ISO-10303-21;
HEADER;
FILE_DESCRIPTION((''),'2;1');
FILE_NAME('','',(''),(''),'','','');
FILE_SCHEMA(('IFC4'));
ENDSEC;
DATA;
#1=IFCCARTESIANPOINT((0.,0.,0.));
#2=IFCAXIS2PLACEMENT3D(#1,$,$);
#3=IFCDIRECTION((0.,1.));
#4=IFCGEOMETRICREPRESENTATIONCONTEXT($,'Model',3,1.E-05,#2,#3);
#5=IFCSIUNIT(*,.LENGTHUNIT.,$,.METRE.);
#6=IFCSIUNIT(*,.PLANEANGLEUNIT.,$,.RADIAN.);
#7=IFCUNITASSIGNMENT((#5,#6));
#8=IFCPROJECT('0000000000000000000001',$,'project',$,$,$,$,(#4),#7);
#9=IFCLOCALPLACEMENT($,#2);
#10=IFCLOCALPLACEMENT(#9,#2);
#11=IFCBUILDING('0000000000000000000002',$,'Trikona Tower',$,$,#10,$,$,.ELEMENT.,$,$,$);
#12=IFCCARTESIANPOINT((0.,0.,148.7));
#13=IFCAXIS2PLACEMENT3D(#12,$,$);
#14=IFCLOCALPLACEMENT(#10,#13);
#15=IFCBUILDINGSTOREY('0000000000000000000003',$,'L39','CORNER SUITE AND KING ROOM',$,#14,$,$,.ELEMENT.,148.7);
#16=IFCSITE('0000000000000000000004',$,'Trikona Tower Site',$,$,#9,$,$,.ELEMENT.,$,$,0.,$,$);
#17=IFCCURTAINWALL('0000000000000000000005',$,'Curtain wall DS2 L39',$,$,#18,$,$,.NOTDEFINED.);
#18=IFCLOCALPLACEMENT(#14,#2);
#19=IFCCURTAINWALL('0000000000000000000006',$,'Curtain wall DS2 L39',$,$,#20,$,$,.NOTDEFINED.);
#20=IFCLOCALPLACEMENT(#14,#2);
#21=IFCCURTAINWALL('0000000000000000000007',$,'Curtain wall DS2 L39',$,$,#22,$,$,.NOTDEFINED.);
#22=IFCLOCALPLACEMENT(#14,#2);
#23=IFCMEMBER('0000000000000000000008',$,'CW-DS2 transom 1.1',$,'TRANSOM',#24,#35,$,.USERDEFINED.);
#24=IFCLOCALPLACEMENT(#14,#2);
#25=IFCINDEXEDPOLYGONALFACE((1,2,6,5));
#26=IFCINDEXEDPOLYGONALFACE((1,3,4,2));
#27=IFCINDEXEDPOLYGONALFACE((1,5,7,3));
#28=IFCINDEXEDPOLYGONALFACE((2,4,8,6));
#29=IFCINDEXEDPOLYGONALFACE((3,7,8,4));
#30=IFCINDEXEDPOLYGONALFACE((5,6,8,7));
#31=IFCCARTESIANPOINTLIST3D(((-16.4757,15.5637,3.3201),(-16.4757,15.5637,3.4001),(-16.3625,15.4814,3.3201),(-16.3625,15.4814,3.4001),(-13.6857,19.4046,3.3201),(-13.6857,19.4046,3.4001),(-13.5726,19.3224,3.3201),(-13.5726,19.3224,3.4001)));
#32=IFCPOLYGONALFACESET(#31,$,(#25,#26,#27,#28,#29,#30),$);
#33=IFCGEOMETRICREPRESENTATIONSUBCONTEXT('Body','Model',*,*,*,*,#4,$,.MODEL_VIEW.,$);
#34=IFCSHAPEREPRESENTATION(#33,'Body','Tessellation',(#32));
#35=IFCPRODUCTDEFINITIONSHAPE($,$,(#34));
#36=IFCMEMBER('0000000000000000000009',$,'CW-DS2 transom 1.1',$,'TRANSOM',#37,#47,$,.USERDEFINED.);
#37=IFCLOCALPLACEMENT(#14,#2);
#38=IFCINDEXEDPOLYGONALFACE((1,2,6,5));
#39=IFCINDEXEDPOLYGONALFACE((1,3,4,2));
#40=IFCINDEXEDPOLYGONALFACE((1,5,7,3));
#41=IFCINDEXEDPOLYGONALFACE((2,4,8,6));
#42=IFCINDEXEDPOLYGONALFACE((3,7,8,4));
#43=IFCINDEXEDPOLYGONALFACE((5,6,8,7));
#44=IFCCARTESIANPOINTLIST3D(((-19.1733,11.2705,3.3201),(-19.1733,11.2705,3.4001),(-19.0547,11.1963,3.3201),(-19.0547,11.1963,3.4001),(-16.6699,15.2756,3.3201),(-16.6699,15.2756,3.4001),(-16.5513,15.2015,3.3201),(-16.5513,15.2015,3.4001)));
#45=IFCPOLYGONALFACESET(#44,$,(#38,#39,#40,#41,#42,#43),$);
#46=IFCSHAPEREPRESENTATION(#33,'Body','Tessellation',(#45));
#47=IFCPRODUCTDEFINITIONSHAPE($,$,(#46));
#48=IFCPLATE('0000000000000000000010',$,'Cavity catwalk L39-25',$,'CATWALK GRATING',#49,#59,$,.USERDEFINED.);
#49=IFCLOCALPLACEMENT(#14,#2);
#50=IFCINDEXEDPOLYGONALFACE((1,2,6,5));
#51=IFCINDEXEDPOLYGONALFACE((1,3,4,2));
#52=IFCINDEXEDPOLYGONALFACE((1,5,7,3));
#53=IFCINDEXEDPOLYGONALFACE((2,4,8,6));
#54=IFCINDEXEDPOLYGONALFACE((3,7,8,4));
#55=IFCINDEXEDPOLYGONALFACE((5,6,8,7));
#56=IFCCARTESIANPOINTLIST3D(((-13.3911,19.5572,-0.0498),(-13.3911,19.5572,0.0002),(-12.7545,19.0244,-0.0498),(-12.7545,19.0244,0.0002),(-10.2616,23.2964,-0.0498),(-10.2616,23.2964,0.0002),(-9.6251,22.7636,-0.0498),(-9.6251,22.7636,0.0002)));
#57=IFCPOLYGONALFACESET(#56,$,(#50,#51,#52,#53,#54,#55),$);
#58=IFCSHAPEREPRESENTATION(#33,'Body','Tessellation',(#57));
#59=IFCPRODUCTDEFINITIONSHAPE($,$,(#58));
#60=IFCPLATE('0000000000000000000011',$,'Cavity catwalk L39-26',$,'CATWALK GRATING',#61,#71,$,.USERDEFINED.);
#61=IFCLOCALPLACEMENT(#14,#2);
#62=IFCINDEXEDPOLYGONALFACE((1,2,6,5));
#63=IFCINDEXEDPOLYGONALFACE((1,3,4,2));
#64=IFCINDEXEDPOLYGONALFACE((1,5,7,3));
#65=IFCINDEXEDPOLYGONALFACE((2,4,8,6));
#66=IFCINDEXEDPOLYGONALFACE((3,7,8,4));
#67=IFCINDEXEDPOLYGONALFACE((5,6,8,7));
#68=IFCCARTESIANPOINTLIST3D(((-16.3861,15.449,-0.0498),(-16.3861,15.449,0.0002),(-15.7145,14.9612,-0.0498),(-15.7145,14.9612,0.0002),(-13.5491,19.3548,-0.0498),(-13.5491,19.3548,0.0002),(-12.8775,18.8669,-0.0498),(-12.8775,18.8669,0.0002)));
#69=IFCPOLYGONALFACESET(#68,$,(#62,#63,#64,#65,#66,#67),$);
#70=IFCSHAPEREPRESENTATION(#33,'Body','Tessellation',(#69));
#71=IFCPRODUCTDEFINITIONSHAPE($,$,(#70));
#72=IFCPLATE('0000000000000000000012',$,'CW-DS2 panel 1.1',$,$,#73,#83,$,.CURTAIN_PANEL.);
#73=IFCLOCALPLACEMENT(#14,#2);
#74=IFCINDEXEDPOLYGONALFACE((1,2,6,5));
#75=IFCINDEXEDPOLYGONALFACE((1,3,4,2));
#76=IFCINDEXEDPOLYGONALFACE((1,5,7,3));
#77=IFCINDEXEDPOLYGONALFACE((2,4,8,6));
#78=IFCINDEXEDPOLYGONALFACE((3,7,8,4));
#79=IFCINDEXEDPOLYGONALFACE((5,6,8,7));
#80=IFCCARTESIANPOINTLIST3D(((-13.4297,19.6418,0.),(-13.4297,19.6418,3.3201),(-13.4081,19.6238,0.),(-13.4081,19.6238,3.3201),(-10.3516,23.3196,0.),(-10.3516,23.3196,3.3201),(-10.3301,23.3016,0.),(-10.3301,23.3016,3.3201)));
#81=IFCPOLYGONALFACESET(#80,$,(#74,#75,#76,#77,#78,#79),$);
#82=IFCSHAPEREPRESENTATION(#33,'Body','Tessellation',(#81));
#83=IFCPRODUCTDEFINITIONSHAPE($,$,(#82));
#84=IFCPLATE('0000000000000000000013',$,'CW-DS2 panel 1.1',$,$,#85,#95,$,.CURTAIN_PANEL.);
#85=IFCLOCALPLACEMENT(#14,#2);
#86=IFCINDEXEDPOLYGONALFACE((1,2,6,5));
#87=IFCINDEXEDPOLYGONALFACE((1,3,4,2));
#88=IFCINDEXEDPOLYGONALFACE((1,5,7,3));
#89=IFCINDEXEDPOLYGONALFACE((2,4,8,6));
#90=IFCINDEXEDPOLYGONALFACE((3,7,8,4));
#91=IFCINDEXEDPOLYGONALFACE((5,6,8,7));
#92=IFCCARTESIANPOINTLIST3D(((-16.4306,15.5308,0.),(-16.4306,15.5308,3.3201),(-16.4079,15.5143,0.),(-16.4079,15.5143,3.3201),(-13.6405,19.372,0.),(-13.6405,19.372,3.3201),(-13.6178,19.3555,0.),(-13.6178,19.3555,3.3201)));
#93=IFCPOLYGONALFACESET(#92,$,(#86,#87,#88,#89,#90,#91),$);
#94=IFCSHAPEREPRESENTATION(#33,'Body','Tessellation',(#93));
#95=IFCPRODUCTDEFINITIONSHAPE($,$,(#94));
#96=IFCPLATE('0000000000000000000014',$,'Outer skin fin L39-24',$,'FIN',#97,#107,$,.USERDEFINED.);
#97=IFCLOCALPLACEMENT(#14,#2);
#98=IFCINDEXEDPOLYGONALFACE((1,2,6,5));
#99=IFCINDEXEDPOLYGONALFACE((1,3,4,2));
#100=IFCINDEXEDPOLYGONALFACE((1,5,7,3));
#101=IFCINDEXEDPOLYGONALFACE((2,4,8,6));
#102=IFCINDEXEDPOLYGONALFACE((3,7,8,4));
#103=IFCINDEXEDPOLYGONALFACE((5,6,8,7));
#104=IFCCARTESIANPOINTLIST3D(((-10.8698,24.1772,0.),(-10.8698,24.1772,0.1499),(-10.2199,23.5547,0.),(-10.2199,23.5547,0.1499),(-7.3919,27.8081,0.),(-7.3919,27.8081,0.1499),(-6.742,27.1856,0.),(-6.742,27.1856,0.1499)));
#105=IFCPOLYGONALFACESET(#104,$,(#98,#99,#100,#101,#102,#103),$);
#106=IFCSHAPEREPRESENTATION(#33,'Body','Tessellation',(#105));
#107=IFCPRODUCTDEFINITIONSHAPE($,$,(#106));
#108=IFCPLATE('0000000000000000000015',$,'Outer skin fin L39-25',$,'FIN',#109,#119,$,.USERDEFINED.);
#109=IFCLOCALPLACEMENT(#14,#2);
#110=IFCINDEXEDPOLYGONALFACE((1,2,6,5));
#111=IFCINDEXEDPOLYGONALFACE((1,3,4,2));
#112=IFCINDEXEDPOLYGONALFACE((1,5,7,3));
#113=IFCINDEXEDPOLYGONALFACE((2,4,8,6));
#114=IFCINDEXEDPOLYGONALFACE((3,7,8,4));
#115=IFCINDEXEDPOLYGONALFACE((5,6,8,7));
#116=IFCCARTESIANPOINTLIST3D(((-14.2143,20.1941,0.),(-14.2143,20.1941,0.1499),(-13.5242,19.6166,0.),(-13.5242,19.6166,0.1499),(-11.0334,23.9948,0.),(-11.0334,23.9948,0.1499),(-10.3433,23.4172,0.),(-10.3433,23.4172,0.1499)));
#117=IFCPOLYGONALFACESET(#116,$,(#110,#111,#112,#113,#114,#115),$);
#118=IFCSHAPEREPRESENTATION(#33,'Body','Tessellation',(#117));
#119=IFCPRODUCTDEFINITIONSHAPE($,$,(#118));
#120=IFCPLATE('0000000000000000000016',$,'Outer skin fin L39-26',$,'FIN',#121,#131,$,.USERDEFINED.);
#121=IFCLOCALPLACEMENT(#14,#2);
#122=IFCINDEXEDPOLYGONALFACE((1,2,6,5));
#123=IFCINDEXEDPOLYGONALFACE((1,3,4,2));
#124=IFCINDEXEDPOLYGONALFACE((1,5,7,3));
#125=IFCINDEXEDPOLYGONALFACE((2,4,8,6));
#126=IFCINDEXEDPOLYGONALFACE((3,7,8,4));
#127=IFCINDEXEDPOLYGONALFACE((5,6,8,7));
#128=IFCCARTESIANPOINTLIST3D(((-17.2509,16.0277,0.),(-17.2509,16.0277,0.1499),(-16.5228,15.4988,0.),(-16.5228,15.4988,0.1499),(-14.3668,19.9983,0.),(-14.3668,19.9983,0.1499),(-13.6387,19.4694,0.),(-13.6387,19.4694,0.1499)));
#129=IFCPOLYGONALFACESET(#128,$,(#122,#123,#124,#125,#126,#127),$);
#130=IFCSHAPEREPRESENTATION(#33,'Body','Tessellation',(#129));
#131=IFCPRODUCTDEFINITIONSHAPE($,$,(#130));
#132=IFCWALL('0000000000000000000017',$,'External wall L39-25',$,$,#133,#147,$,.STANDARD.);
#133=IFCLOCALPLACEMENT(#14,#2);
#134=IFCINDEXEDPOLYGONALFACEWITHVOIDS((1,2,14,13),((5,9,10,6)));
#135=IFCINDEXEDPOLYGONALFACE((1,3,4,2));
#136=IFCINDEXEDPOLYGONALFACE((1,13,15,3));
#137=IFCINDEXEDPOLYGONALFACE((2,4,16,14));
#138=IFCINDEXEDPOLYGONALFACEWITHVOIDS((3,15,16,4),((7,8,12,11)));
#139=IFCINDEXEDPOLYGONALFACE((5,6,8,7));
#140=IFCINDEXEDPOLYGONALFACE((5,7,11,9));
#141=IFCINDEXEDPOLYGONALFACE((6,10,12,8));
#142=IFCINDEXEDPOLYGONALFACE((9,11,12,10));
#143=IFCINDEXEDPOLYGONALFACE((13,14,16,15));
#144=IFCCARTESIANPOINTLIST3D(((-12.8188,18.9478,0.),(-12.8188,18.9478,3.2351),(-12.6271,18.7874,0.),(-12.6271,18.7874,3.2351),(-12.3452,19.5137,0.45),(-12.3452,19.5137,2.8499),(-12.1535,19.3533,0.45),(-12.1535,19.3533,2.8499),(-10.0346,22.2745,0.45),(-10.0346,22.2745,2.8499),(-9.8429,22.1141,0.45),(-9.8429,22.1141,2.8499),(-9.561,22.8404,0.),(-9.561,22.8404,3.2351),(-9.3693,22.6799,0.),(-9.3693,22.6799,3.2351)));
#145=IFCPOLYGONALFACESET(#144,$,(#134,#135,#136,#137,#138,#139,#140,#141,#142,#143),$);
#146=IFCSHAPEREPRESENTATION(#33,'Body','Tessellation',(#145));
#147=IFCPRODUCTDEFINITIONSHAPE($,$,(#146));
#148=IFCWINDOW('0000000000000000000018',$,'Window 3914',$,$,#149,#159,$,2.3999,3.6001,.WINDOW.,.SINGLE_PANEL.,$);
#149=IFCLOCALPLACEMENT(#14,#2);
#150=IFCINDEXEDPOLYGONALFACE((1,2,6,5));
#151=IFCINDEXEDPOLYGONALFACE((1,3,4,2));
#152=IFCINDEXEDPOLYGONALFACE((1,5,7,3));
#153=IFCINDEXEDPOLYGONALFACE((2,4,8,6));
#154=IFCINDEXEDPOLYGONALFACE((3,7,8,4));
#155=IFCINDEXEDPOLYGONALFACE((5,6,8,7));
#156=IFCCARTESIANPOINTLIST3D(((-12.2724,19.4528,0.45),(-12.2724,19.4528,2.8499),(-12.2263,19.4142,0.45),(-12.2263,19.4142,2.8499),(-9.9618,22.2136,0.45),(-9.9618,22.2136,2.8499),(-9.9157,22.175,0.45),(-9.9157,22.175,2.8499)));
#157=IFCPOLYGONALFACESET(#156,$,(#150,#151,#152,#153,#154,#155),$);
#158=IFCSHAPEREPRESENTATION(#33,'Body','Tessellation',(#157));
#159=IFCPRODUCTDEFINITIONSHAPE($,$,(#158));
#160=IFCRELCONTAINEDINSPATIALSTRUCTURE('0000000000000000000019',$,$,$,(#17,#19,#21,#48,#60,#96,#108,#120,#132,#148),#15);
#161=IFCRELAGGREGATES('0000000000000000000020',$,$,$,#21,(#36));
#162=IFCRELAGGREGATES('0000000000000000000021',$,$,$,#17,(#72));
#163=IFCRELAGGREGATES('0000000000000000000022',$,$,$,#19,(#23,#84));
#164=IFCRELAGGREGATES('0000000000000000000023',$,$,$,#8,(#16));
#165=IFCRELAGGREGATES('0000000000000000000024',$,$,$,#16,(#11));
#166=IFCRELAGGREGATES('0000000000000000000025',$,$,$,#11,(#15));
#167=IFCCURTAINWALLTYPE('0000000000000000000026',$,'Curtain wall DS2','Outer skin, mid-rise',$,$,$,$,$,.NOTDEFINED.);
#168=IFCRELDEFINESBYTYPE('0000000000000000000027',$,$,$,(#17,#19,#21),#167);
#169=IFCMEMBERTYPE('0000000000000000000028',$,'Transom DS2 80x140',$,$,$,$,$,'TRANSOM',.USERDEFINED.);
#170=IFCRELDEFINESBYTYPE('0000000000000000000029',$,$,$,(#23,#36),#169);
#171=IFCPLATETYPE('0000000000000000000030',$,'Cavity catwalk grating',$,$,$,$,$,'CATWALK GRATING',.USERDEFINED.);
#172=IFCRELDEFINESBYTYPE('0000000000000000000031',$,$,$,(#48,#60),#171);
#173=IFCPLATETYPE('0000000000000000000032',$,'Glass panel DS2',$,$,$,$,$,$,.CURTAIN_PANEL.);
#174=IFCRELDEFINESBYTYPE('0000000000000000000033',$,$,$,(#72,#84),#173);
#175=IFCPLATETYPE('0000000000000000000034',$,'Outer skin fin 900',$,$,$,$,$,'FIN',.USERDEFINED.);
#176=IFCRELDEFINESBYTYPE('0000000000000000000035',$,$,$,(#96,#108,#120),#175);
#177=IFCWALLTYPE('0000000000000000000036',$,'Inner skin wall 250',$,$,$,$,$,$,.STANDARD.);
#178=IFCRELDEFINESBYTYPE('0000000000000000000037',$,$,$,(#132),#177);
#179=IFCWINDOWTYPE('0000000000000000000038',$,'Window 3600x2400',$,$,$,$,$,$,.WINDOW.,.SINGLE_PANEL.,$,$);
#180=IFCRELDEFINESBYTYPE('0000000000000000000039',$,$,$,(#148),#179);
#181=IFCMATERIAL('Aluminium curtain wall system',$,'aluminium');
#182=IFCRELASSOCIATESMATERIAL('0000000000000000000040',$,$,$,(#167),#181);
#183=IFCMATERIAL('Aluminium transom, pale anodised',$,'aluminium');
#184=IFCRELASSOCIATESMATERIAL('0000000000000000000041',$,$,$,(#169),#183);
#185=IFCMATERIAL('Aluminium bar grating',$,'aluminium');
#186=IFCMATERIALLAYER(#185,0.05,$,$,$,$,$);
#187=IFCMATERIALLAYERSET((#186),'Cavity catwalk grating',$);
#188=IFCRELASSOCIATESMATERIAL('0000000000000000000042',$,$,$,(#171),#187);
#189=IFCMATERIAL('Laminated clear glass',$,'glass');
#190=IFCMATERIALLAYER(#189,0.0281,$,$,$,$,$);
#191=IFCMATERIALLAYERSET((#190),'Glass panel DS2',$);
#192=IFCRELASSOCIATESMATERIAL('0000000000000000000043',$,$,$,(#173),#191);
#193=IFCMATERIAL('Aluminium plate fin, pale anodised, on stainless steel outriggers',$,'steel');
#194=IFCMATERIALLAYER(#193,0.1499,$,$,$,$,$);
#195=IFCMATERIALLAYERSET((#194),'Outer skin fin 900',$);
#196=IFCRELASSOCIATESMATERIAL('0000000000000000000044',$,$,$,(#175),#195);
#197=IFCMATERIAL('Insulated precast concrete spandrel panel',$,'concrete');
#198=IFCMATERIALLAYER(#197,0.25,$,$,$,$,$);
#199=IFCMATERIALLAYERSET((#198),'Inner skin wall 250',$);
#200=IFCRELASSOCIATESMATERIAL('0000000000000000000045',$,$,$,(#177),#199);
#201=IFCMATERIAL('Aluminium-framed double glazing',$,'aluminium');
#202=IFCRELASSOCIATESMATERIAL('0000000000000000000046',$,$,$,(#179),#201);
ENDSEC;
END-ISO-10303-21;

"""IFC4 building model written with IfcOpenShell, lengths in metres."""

from ifc_helpers import new_model, si_unit, direction, frame, frame_2d, origin, origin_2d, place, context, subcontext, project, spatial, rectangle, extrude, material, layer, layer_set, material_profile, profile_set, type_object, element, fill, aggregate, save


model = new_model("IFC4")

# Units and contexts
model_context = context("Model", 3, precision=1e-05, world=origin(), true_north=direction((0.0, 1.0)))
body_context = subcontext(model_context, "Body", "Model", "MODEL_VIEW")
ifc_project = project(units=[si_unit("LENGTHUNIT", "METRE"), si_unit("PLANEANGLEUNIT", "RADIAN")], contexts=[model_context])

# Site, building, storey
site_placement = place(None, origin())
site = spatial("IfcSite", under=ifc_project, at=site_placement, Name="Trikona Tower Site", CompositionType="ELEMENT", RefElevation=0.0)
building_placement = place(site_placement, origin())
building = spatial("IfcBuilding", under=site, at=building_placement, Name="Trikona Tower", CompositionType="ELEMENT")
storey_placement = place(building_placement, frame((0.0, 0.0, 148.7)))
storey = spatial("IfcBuildingStorey", under=building, at=storey_placement, Name="L39", Description="CORNER SUITE AND KING ROOM", CompositionType="ELEMENT", Elevation=148.7)

# Shared definitions
ifc_material_1 = material(Name="Aluminium curtain wall system", Category="aluminium")
curtain_wall_type = type_object("IfcCurtainWallType", Name="Curtain wall DS2", Description="Outer skin, mid-rise", PredefinedType="NOTDEFINED", material=ifc_material_1)

# Curtain walls
curtain_wall_1_placement = place(storey_placement, origin())
curtain_wall_1 = element("IfcCurtainWall", 1, at=curtain_wall_1_placement, inside=storey, type_object=curtain_wall_type, Name="Curtain wall DS2 L39", PredefinedType="NOTDEFINED")
curtain_wall_2_placement = place(storey_placement, origin())
curtain_wall_2 = element("IfcCurtainWall", 2, at=curtain_wall_2_placement, inside=storey, type_object=curtain_wall_type, Name="Curtain wall DS2 L39", PredefinedType="NOTDEFINED")

# Curtain wall
curtain_wall_3_placement = place(storey_placement, origin())
curtain_wall_3 = element("IfcCurtainWall", 3, at=curtain_wall_3_placement, inside=storey, type_object=curtain_wall_type, Name="Curtain wall DS2 L39", PredefinedType="NOTDEFINED")

# Members
ifc_material_2 = material(Name="Aluminium transom, pale anodised", Category="aluminium")
ifc_material_profile_1 = material_profile(ifc_material_2, rectangle(XDim=0.1399, YDim=0.0801, at=origin_2d()), Name="TRN-DS2")
ifc_profile_set_1 = profile_set([ifc_material_profile_1], Name="Aluminium transom, pale anodised")
member_type_1 = type_object("IfcMemberType", Name="Transom DS2 80x140", ElementType="TRANSOM", PredefinedType="USERDEFINED", material=ifc_profile_set_1)
member_1_placement = place(storey_placement, frame((-13.6292, 19.3635, 3.3601), z_axis=(-0.587695, -0.809083, 0.0), x_axis=(0.809083, -0.587695, 0.0)))
member_1 = element("IfcMember", 4, at=member_1_placement, type_object=member_type_1, Name="CW-DS2 transom 1.1", ObjectType="TRANSOM", PredefinedType="USERDEFINED", context=body_context, shape_type="SweptSolid", body=[
    extrude(rectangle(XDim=0.1399, YDim=0.0801, at=origin_2d()), origin(), (0.0, 0.0, 1.0), 4.7473),
])
member_2_placement = place(storey_placement, frame((-16.6106, 15.2385, 3.3601), z_axis=(-0.530031, -0.847978, 0.0), x_axis=(0.847978, -0.530031, 0.0)))
member_2 = element("IfcMember", 5, at=member_2_placement, type_object=member_type_1, Name="CW-DS2 transom 1.1", ObjectType="TRANSOM", PredefinedType="USERDEFINED", context=body_context, shape_type="SweptSolid", body=[
    extrude(rectangle(XDim=0.1399, YDim=0.0801, at=origin_2d()), origin(), (0.0, 0.0, 1.0), 4.7231),
])
aggregate(curtain_wall_3, [member_2])

# Plates
ifc_material_3 = material(Name="Aluminium bar grating", Category="aluminium")
ifc_layer_1 = layer(ifc_material_3, 0.05)
ifc_layer_set_1 = layer_set([ifc_layer_1], Name="Cavity catwalk grating")
plate_type_1 = type_object("IfcPlateType", Name="Cavity catwalk grating", ElementType="CATWALK GRATING", PredefinedType="USERDEFINED", material=ifc_layer_set_1)
plate_1_placement = place(storey_placement, frame((-11.5081, 21.1604, -0.0498), z_axis=(0.0, 0.0, 1.0), x_axis=(-0.641807, -0.766866, 0.0)))
element("IfcPlate", 6, at=plate_1_placement, inside=storey, type_object=plate_type_1, Name="Cavity catwalk L39-25", ObjectType="CATWALK GRATING", PredefinedType="USERDEFINED", context=body_context, shape_type="SweptSolid", body=[
    extrude(rectangle(XDim=4.876, YDim=0.8301, at=origin_2d()), origin(), (0.0, 0.0, 1.0), 0.05),
])
plate_2_placement = place(storey_placement, frame((-14.6318, 17.158, -0.0498), z_axis=(0.0, 0.0, 1.0), x_axis=(-0.587686, -0.809089, 0.0)))
element("IfcPlate", 7, at=plate_2_placement, inside=storey, type_object=plate_type_1, Name="Cavity catwalk L39-26", ObjectType="CATWALK GRATING", PredefinedType="USERDEFINED", context=body_context, shape_type="SweptSolid", body=[
    extrude(rectangle(XDim=4.8274, YDim=0.8301, at=origin_2d()), origin(), (0.0, 0.0, 1.0), 0.05),
])

# Plates
ifc_material_4 = material(Name="Laminated clear glass", Category="glass")
ifc_layer_2 = layer(ifc_material_4, 0.0281)
ifc_layer_set_2 = layer_set([ifc_layer_2], Name="Glass panel DS2")
plate_type_2 = type_object("IfcPlateType", Name="Glass panel DS2", PredefinedType="CURTAIN_PANEL", material=ifc_layer_set_2)
plate_3_placement = place(storey_placement, frame((-11.8799, 21.4717, 0.0), z_axis=(0.0, 0.0, 1.0), x_axis=(-0.641806, -0.766867, 0.0)))
plate_3 = element("IfcPlate", 8, at=plate_3_placement, type_object=plate_type_2, Name="CW-DS2 panel 1.1", PredefinedType="CURTAIN_PANEL", context=body_context, shape_type="SweptSolid", body=[
    extrude(rectangle(XDim=4.7959, YDim=0.0281, at=origin_2d()), origin(), (0.0, 0.0, 1.0), 3.3201),
])
aggregate(curtain_wall_1, [plate_3])
plate_4_placement = place(storey_placement, frame((-15.0242, 17.4431, 0.0), z_axis=(0.0, 0.0, 1.0), x_axis=(-0.587691, -0.809086, 0.0)))
plate_4 = element("IfcPlate", 9, at=plate_4_placement, type_object=plate_type_2, Name="CW-DS2 panel 1.1", PredefinedType="CURTAIN_PANEL", context=body_context, shape_type="SweptSolid", body=[
    extrude(rectangle(XDim=4.7476, YDim=0.0281, at=origin_2d()), origin(), (0.0, 0.0, 1.0), 3.3201),
])
aggregate(curtain_wall_2, [member_1, plate_4])

# Plates
ifc_material_5 = material(Name="Aluminium plate fin, pale anodised, on stainless steel outriggers", Category="steel")
ifc_layer_3 = layer(ifc_material_5, 0.1499)
ifc_layer_set_3 = layer_set([ifc_layer_3], Name="Outer skin fin 900")
plate_type_3 = type_object("IfcPlateType", Name="Outer skin fin 900", ElementType="FIN", PredefinedType="USERDEFINED", material=ifc_layer_set_3)
plate_5_placement = place(storey_placement, frame((-8.8059, 25.6814, 0.0), z_axis=(0.0, 0.0, 1.0), x_axis=(-0.691724, -0.722162, 0.0)))
element("IfcPlate", 10, at=plate_5_placement, inside=storey, type_object=plate_type_3, Name="Outer skin fin L39-24", ObjectType="FIN", PredefinedType="USERDEFINED", context=body_context, shape_type="SweptSolid", body=[
    extrude(rectangle(XDim=5.0278, YDim=0.8999, at=origin_2d()), origin(), (0.0, 0.0, 1.0), 0.1499),
])
plate_6_placement = place(storey_placement, frame((-12.2788, 21.8057, 0.0), z_axis=(0.0, 0.0, 1.0), x_axis=(-0.641807, -0.766866, 0.0)))
element("IfcPlate", 11, at=plate_6_placement, inside=storey, type_object=plate_type_3, Name="Outer skin fin L39-25", ObjectType="FIN", PredefinedType="USERDEFINED", context=body_context, shape_type="SweptSolid", body=[
    extrude(rectangle(XDim=4.9561, YDim=0.8999, at=origin_2d()), origin(), (0.0, 0.0, 1.0), 0.1499),
])
plate_7_placement = place(storey_placement, frame((-15.4448, 17.7485, 0.0), z_axis=(0.0, 0.0, 1.0), x_axis=(-0.587686, -0.809089, 0.0)))
element("IfcPlate", 12, at=plate_7_placement, inside=storey, type_object=plate_type_3, Name="Outer skin fin L39-26", ObjectType="FIN", PredefinedType="USERDEFINED", context=body_context, shape_type="SweptSolid", body=[
    extrude(rectangle(XDim=4.9075, YDim=0.8999, at=origin_2d()), origin(), (0.0, 0.0, 1.0), 0.1499),
])

# Wall, opening, window
ifc_material_6 = material(Name="Insulated precast concrete spandrel panel", Category="concrete")
ifc_layer_4 = layer(ifc_material_6, 0.25)
ifc_layer_set_4 = layer_set([ifc_layer_4], Name="Inner skin wall 250")
wall_type = type_object("IfcWallType", Name="Inner skin wall 250", PredefinedType="STANDARD", material=ifc_layer_set_4)
wall_1_placement = place(storey_placement, frame((-9.4651, 22.7603, 0.0), z_axis=(0.0, 0.0, 1.0), x_axis=(-0.64181, -0.766863, 0.0)))
wall_1 = element("IfcWall", 13, at=wall_1_placement, inside=storey, type_object=wall_type, Name="External wall L39-25", PredefinedType="STANDARD", context=body_context, shape_type="SweptSolid", body=[
    extrude(rectangle(XDim=5.0759, YDim=0.25, at=frame_2d((2.5381, 0.0))), origin(), (0.0, 0.0, 1.0), 3.2351),
])
opening_1_placement = place(wall_1_placement, frame((0.738, 0.0, 0.45)))
opening_1 = element("IfcOpeningElement", 14, at=opening_1_placement, cuts=wall_1, PredefinedType="OPENING", context=body_context, shape_type="SweptSolid", body=[
    extrude(rectangle(XDim=3.6001, YDim=2.3999, at=frame_2d((1.8, 1.2))), frame((0.0, 0.135, 0.0), z_axis=(0.0, -1.0, 0.0), x_axis=(1.0, 0.0, 0.0)), (0.0, 0.0, 1.0), 0.27),
])
ifc_material_7 = material(Name="Aluminium-framed double glazing", Category="aluminium")
window_type = type_object("IfcWindowType", Name="Window 3600x2400", PartitioningType="SINGLE_PANEL", PredefinedType="WINDOW", material=ifc_material_7)
window_1_placement = place(opening_1_placement, origin())
window_1 = element("IfcWindow", 15, at=window_1_placement, inside=storey, type_object=window_type, Name="Window 3914", OverallHeight=2.3999, OverallWidth=3.6001, PartitioningType="SINGLE_PANEL", PredefinedType="WINDOW", context=body_context, shape_type="SweptSolid", body=[
    extrude(rectangle(XDim=3.6001, YDim=2.3999, at=frame_2d((1.8, 1.2))), frame((0.0, 0.03, 0.0), z_axis=(0.0, -1.0, 0.0), x_axis=(1.0, 0.0, 0.0)), (0.0, 0.0, 1.0), 0.0601),
])
fill(opening_1, window_1)

save(model, "model.ifc")
